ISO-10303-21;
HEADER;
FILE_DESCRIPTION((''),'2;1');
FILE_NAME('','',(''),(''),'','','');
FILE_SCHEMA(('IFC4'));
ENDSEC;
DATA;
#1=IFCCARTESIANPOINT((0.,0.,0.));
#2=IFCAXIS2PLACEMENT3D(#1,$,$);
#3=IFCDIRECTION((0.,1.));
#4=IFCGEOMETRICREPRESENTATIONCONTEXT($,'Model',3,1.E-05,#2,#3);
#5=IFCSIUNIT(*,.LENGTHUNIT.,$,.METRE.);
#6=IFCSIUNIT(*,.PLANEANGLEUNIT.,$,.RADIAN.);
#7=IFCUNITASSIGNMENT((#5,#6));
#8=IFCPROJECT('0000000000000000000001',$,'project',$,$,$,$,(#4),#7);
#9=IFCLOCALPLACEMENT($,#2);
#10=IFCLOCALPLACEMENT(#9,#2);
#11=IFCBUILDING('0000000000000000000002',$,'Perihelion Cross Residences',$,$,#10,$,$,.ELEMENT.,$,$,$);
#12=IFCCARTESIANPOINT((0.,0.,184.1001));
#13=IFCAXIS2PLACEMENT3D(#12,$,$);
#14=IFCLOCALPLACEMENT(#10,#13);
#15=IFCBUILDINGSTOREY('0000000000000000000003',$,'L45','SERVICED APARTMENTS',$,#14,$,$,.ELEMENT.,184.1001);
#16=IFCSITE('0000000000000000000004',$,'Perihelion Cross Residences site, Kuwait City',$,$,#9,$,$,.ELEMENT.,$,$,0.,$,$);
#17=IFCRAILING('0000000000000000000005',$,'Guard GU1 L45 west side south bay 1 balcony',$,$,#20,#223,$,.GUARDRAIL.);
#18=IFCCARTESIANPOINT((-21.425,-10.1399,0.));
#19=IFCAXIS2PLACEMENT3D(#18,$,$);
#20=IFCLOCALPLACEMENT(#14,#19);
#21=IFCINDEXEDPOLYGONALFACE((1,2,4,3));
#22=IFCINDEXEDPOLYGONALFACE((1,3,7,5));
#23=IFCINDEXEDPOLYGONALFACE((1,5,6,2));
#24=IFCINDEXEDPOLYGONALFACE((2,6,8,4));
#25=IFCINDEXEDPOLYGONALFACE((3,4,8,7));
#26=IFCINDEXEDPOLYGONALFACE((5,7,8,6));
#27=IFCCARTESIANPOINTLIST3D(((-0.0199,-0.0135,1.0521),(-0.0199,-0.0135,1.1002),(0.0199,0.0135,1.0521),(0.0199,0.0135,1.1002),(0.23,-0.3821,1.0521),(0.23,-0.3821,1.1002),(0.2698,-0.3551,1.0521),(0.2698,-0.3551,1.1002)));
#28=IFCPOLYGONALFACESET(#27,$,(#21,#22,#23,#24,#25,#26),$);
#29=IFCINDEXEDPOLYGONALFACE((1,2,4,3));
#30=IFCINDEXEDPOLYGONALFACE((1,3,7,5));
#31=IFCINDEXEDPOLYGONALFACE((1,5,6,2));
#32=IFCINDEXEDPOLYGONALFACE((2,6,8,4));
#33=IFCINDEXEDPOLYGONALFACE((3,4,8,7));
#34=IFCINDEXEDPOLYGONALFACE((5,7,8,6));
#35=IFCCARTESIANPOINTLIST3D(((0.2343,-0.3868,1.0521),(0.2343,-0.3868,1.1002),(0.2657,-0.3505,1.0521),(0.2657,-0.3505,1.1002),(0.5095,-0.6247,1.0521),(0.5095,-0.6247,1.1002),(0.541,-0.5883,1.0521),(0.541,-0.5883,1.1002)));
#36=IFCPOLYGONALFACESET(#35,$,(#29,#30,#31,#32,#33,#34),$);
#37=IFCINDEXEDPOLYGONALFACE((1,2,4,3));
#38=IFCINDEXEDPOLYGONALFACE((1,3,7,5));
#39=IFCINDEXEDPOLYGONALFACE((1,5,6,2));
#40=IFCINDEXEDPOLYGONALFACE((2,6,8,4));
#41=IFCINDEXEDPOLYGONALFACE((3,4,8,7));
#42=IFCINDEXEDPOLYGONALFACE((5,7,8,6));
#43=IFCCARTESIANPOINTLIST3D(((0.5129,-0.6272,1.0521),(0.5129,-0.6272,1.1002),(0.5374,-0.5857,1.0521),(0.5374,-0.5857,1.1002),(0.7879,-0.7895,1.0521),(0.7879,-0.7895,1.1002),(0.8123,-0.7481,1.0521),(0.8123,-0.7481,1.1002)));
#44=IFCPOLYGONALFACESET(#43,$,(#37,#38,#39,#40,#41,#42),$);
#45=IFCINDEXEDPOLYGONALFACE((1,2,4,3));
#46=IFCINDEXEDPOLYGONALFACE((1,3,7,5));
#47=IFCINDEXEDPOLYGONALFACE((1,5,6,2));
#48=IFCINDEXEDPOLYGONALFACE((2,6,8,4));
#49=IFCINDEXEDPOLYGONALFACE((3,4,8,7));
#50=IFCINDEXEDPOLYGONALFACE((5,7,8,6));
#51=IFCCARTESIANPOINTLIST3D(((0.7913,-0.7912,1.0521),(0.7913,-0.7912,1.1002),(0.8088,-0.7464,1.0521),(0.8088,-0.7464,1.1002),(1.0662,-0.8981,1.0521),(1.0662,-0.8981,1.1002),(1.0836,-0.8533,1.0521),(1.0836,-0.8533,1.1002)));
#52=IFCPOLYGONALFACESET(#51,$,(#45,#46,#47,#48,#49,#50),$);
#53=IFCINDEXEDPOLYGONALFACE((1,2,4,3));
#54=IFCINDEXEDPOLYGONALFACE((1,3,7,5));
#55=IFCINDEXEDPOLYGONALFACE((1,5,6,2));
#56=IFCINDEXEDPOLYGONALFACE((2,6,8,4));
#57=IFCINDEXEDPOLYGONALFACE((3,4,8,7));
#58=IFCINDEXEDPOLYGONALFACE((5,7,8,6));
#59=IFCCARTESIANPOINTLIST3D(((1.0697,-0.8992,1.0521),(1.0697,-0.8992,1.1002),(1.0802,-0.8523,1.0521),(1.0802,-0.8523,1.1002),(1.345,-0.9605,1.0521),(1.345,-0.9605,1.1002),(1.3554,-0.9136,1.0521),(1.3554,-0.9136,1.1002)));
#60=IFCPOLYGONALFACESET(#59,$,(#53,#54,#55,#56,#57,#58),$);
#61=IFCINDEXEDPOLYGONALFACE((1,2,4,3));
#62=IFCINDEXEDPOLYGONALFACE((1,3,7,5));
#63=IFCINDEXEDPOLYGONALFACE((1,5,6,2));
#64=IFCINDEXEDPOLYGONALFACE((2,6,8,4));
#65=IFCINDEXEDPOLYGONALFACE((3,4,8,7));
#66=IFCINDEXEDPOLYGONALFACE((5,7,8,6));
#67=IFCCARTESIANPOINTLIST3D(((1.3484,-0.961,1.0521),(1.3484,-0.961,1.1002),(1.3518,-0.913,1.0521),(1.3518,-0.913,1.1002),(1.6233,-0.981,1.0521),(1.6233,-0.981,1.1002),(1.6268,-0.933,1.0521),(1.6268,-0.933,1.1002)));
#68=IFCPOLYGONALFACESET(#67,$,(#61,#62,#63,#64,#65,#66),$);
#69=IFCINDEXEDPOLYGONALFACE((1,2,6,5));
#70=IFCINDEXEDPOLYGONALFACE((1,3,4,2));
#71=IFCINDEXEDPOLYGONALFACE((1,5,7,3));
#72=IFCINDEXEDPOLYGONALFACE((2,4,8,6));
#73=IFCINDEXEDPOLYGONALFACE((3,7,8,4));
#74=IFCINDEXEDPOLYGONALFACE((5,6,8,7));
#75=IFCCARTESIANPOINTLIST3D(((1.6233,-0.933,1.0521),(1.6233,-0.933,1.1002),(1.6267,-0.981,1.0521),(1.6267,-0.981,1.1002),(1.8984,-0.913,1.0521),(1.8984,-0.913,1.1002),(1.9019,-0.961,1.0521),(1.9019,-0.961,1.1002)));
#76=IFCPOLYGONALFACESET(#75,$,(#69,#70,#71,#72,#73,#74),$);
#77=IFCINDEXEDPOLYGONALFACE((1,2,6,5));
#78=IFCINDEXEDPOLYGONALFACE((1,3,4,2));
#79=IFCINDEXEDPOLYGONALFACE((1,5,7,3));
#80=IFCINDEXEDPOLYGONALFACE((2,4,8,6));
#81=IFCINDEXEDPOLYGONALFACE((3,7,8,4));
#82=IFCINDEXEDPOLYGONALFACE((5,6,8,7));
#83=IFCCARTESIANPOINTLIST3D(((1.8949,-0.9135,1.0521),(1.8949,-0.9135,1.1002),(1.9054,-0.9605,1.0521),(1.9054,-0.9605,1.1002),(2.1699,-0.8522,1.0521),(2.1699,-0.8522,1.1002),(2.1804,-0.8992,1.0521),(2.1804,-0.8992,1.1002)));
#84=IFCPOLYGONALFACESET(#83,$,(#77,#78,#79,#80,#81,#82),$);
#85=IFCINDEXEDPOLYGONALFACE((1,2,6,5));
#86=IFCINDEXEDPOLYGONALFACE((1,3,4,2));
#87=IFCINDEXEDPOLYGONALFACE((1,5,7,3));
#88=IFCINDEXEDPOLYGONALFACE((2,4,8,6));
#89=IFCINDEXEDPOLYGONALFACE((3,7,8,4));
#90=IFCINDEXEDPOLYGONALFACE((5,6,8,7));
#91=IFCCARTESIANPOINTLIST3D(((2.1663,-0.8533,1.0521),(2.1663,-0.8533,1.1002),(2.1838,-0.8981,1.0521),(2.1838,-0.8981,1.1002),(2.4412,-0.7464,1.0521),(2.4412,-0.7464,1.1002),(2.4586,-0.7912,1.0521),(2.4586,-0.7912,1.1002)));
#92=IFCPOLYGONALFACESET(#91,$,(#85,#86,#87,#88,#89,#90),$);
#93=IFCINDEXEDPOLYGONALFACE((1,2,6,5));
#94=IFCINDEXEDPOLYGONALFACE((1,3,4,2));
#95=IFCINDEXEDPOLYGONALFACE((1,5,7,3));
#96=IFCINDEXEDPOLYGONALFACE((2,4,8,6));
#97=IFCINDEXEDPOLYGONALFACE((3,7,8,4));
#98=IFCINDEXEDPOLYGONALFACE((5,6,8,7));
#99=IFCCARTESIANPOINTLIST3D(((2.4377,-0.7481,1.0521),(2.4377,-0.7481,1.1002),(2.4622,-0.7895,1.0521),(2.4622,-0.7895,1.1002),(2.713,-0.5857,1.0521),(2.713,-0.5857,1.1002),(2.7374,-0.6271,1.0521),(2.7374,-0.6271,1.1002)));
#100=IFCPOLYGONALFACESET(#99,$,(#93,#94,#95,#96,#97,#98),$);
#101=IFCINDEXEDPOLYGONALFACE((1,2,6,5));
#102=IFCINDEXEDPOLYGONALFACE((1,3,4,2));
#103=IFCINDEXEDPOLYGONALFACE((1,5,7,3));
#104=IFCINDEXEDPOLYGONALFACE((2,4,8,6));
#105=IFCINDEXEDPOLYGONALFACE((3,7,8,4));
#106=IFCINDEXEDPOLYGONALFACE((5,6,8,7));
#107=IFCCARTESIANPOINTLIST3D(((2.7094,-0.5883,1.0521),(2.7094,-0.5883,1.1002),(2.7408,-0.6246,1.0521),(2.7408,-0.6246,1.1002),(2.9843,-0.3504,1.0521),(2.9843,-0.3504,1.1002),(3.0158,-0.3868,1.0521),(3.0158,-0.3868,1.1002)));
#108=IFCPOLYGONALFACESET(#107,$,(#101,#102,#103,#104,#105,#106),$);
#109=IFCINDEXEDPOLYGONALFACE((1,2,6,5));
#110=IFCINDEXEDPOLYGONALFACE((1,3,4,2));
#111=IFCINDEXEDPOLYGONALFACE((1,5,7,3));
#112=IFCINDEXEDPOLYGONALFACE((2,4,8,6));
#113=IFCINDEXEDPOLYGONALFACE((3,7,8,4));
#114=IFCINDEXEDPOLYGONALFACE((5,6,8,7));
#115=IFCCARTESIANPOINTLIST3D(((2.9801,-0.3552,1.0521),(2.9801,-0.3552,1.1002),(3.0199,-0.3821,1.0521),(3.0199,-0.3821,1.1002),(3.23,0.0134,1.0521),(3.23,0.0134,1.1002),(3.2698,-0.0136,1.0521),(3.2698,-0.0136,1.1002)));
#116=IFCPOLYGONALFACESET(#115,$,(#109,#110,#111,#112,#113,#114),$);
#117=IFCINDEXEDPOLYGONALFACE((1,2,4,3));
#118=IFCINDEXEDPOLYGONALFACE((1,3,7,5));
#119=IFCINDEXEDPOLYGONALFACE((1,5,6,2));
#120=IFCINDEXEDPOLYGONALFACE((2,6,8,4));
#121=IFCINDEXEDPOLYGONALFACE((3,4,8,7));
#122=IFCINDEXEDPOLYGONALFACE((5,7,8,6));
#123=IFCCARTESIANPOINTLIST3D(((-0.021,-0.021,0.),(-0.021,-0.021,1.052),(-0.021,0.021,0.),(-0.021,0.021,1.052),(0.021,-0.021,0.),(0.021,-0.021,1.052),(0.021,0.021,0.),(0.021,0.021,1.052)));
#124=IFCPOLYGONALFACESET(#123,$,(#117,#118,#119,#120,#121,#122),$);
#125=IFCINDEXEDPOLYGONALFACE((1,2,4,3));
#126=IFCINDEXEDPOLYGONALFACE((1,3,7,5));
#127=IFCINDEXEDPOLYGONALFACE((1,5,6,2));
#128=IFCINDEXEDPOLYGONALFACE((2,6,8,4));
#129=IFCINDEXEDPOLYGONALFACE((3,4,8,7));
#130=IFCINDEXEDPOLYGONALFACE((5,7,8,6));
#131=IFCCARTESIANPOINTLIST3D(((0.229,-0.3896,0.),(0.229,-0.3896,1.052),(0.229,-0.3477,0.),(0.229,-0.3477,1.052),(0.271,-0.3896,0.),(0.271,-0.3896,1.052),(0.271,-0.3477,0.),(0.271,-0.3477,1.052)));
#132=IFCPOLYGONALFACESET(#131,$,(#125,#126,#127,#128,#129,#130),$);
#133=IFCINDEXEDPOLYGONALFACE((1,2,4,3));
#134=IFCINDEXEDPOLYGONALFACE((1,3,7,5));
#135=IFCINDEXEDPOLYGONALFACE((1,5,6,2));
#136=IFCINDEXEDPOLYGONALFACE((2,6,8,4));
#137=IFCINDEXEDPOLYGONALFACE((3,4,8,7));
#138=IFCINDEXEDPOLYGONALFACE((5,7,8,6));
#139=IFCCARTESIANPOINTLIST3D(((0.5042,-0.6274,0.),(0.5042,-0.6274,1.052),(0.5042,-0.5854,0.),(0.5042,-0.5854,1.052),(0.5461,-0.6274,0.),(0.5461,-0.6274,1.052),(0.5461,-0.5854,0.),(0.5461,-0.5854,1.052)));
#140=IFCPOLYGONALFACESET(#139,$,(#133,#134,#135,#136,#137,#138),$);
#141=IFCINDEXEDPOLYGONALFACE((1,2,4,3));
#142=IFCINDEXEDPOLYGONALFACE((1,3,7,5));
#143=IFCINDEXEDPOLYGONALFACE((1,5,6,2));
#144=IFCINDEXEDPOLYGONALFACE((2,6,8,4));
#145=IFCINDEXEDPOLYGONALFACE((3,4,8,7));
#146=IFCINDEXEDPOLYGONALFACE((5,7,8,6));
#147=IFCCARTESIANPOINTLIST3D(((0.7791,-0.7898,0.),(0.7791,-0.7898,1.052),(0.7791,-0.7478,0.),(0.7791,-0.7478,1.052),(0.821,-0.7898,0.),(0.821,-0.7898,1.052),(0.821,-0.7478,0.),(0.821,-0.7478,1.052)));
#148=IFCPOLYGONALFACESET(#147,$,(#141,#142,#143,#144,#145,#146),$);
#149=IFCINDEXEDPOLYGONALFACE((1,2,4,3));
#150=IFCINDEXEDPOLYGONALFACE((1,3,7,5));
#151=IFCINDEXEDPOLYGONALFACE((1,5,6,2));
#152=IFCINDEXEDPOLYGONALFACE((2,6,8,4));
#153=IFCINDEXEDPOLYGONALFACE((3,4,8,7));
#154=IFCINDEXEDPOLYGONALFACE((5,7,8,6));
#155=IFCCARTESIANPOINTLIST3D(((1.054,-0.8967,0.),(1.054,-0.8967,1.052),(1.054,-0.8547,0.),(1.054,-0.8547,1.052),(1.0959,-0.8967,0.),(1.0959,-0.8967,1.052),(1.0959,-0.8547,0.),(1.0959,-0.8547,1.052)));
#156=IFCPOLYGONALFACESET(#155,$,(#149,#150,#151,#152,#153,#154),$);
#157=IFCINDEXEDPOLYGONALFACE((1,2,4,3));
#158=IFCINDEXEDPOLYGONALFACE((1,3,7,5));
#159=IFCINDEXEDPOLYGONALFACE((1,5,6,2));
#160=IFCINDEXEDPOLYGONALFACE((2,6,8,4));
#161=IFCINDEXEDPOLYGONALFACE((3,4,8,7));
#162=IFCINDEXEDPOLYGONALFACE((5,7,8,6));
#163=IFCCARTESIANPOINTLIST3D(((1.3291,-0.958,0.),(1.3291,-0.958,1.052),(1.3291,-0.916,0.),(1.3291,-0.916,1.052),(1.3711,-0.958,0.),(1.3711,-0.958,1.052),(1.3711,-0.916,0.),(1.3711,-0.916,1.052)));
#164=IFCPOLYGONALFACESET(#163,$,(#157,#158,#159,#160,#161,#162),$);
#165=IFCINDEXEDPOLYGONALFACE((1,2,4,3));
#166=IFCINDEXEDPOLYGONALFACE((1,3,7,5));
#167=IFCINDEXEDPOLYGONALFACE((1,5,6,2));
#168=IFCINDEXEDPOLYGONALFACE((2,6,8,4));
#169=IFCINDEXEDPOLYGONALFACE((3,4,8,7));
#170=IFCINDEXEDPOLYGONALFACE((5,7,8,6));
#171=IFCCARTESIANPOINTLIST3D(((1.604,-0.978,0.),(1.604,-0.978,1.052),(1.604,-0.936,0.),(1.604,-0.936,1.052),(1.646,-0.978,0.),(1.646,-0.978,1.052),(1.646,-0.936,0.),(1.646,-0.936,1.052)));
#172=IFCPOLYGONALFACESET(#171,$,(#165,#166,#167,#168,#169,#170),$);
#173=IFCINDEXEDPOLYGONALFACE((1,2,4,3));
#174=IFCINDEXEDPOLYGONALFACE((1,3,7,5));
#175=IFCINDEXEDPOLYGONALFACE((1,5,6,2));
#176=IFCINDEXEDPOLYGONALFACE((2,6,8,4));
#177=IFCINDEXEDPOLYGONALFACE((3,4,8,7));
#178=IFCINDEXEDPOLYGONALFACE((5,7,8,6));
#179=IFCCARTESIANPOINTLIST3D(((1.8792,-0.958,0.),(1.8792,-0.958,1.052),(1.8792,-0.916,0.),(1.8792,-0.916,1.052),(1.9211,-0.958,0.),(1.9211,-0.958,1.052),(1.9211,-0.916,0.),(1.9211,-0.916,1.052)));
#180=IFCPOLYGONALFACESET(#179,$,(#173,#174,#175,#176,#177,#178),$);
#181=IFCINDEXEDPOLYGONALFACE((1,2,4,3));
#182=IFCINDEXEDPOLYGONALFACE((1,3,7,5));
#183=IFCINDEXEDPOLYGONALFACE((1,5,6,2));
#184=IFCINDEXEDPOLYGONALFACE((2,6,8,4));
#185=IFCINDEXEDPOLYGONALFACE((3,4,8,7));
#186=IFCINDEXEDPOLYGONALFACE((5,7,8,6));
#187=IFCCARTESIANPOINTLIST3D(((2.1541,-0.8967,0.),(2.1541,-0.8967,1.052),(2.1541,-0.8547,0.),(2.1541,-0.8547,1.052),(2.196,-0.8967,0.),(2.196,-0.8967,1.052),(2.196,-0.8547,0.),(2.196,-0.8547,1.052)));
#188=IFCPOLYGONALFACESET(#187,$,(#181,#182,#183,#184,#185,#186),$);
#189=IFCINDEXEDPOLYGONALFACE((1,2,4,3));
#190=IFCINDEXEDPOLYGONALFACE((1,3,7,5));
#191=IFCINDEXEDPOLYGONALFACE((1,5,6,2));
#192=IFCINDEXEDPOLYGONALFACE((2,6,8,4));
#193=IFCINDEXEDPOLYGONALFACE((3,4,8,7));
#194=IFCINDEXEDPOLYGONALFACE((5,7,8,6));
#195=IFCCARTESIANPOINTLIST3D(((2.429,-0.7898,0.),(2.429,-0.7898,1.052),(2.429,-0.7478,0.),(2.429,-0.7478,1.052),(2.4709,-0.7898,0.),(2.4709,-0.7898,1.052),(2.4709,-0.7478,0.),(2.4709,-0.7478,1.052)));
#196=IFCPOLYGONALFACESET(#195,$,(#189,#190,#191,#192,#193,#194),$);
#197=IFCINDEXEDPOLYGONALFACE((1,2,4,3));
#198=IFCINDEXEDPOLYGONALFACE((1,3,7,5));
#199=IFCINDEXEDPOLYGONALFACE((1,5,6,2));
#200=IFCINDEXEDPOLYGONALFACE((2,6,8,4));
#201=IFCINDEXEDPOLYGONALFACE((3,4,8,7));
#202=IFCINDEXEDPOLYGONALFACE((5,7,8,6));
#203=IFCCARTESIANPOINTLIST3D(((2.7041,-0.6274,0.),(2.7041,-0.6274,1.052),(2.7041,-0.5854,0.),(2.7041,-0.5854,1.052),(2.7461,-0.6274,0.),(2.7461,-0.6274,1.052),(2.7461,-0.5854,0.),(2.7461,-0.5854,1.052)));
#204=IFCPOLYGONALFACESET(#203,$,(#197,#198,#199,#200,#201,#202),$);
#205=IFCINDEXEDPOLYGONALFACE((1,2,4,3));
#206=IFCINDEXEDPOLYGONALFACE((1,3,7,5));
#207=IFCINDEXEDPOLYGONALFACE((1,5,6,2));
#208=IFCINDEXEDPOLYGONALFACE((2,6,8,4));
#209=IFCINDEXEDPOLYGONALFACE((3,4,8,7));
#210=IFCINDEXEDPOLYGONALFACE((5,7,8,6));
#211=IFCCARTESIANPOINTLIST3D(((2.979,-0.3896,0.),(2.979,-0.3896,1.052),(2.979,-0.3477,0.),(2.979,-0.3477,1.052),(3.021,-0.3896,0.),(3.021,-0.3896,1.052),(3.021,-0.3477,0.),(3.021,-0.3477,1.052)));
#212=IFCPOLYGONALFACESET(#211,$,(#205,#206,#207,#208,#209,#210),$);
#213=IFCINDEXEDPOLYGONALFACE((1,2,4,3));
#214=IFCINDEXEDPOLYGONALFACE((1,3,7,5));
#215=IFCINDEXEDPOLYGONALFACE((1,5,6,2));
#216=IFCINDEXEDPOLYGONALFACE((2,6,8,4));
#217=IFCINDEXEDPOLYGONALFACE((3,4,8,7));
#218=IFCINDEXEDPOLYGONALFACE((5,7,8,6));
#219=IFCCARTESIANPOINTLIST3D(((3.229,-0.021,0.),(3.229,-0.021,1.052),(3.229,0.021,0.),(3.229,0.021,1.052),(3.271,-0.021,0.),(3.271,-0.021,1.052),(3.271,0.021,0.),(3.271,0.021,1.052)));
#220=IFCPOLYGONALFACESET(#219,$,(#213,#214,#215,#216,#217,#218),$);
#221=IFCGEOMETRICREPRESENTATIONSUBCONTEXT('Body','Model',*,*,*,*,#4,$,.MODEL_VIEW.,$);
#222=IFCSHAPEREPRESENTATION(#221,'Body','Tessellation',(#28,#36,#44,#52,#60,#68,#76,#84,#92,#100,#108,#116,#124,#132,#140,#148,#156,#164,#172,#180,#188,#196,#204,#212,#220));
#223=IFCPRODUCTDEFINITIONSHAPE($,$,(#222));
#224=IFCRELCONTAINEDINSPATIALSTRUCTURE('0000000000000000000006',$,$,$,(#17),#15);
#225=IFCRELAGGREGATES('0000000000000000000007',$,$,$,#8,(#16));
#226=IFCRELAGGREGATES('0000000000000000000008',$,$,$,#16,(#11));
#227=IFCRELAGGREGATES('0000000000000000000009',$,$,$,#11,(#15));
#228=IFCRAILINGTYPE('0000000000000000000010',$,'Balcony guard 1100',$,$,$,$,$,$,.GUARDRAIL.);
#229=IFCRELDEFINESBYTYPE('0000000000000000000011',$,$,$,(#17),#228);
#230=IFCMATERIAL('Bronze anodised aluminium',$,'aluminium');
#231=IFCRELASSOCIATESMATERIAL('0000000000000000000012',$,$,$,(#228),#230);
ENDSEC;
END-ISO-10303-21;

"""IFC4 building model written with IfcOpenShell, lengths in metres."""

from ifc_helpers import new_model, si_unit, direction, frame, origin, origin_2d, place, context, subcontext, project, spatial, rectangle, extrude, material, type_object, element, save


model = new_model("IFC4")

# Units and contexts
model_context = context("Model", 3, precision=1e-05, world=origin(), true_north=direction((0.0, 1.0)))
body_context = subcontext(model_context, "Body", "Model", "MODEL_VIEW")
ifc_project = project(units=[si_unit("LENGTHUNIT", "METRE"), si_unit("PLANEANGLEUNIT", "RADIAN")], contexts=[model_context])

# Site, building, storey
site_placement = place(None, origin())
site = spatial("IfcSite", under=ifc_project, at=site_placement, Name="Perihelion Cross Residences site, Kuwait City", CompositionType="ELEMENT", RefElevation=0.0)
building_placement = place(site_placement, origin())
building = spatial("IfcBuilding", under=site, at=building_placement, Name="Perihelion Cross Residences", CompositionType="ELEMENT")
storey_placement = place(building_placement, frame((0.0, 0.0, 184.1001)))
storey = spatial("IfcBuildingStorey", under=building, at=storey_placement, Name="L45", Description="SERVICED APARTMENTS", CompositionType="ELEMENT", Elevation=184.1001)

# Railing
ifc_material_1 = material(Name="Bronze anodised aluminium", Category="aluminium")
railing_type_1 = type_object("IfcRailingType", Name="Balcony guard 1100", PredefinedType="GUARDRAIL", material=ifc_material_1)
railing_1_placement = place(storey_placement, frame((-21.425, -10.1399, 0.0)))
element("IfcRailing", 1, at=railing_1_placement, inside=storey, type_object=railing_type_1, Name="Guard GU1 L45 west side south bay 1 balcony", PredefinedType="GUARDRAIL", context=body_context, shape_type="SweptSolid", body=[
    extrude(rectangle(XDim=0.0481, YDim=0.0481, at=origin_2d()), frame((0.0, 0.0, 1.0762), z_axis=(0.56126, -0.827639, 0.0), x_axis=(0.827639, 0.56126, 0.0)), (0.0, 0.0, 1.0), 0.4453),
    extrude(rectangle(XDim=0.0481, YDim=0.0481, at=origin_2d()), frame((0.25, -0.3687, 1.0762), z_axis=(0.756597, -0.653882, 0.0), x_axis=(0.653882, 0.756597, 0.0)), (0.0, 0.0, 1.0), 0.3638),
    extrude(rectangle(XDim=0.0481, YDim=0.0481, at=origin_2d()), frame((0.5251, -0.6064, 1.0762), z_axis=(0.861048, -0.508523, 0.0), x_axis=(0.508523, 0.861048, 0.0)), (0.0, 0.0, 1.0), 0.3193),
    extrude(rectangle(XDim=0.0481, YDim=0.0481, at=origin_2d()), frame((0.8, -0.7688, 1.0762), z_axis=(0.931974, -0.362526, 0.0), x_axis=(0.362526, 0.931974, 0.0)), (0.0, 0.0, 1.0), 0.2949),
    extrude(rectangle(XDim=0.0481, YDim=0.0481, at=origin_2d()), frame((1.075, -0.8757, 1.0762), z_axis=(0.976085, -0.217389, 0.0), x_axis=(0.217389, 0.976085, 0.0)), (0.0, 0.0, 1.0), 0.282),
    extrude(rectangle(XDim=0.0481, YDim=0.0481, at=origin_2d()), frame((1.3501, -0.937, 1.0762), z_axis=(0.997359, -0.072632, 0.0), x_axis=(0.072632, 0.997359, 0.0)), (0.0, 0.0, 1.0), 0.2756),
    extrude(rectangle(XDim=0.0481, YDim=0.0481, at=origin_2d()), frame((1.625, -0.957, 1.0762), z_axis=(0.997363, 0.072568, 0.0), x_axis=(-0.072568, 0.997363, 0.0)), (0.0, 0.0, 1.0), 0.2759),
    extrude(rectangle(XDim=0.0481, YDim=0.0481, at=origin_2d()), frame((1.9001, -0.937, 1.0762), z_axis=(0.976044, 0.217573, 0.0), x_axis=(-0.217573, 0.976044, 0.0)), (0.0, 0.0, 1.0), 0.2817),
    extrude(rectangle(XDim=0.0481, YDim=0.0481, at=origin_2d()), frame((2.175, -0.8757, 1.0762), z_axis=(0.931974, 0.362526, 0.0), x_axis=(-0.362526, 0.931974, 0.0)), (0.0, 0.0, 1.0), 0.2949),
    extrude(rectangle(XDim=0.0481, YDim=0.0481, at=origin_2d()), frame((2.45, -0.7688, 1.0762), z_axis=(0.861246, 0.508189, 0.0), x_axis=(-0.508189, 0.861246, 0.0)), (0.0, 0.0, 1.0), 0.3196),
    extrude(rectangle(XDim=0.0481, YDim=0.0481, at=origin_2d()), frame((2.7251, -0.6064, 1.0762), z_axis=(0.756309, 0.654214, 0.0), x_axis=(-0.654214, 0.756309, 0.0)), (0.0, 0.0, 1.0), 0.3635),
    extrude(rectangle(XDim=0.0481, YDim=0.0481, at=origin_2d()), frame((3.0, -0.3687, 1.0762), z_axis=(0.56126, 0.827639, 0.0), x_axis=(-0.827639, 0.56126, 0.0)), (0.0, 0.0, 1.0), 0.4453),
    extrude(rectangle(XDim=0.042, YDim=0.042, at=origin_2d()), origin(), (0.0, 0.0, 1.0), 1.052),
    extrude(rectangle(XDim=0.042, YDim=0.042, at=origin_2d()), frame((0.25, -0.3687, 0.0)), (0.0, 0.0, 1.0), 1.052),
    extrude(rectangle(XDim=0.042, YDim=0.042, at=origin_2d()), frame((0.5251, -0.6064, 0.0)), (0.0, 0.0, 1.0), 1.052),
    extrude(rectangle(XDim=0.042, YDim=0.042, at=origin_2d()), frame((0.8, -0.7688, 0.0)), (0.0, 0.0, 1.0), 1.052),
    extrude(rectangle(XDim=0.042, YDim=0.042, at=origin_2d()), frame((1.075, -0.8757, 0.0)), (0.0, 0.0, 1.0), 1.052),
    extrude(rectangle(XDim=0.042, YDim=0.042, at=origin_2d()), frame((1.3501, -0.937, 0.0)), (0.0, 0.0, 1.0), 1.052),
    extrude(rectangle(XDim=0.042, YDim=0.042, at=origin_2d()), frame((1.625, -0.957, 0.0)), (0.0, 0.0, 1.0), 1.052),
    extrude(rectangle(XDim=0.042, YDim=0.042, at=origin_2d()), frame((1.9001, -0.937, 0.0)), (0.0, 0.0, 1.0), 1.052),
    extrude(rectangle(XDim=0.042, YDim=0.042, at=origin_2d()), frame((2.175, -0.8757, 0.0)), (0.0, 0.0, 1.0), 1.052),
    extrude(rectangle(XDim=0.042, YDim=0.042, at=origin_2d()), frame((2.45, -0.7688, 0.0)), (0.0, 0.0, 1.0), 1.052),
    extrude(rectangle(XDim=0.042, YDim=0.042, at=origin_2d()), frame((2.7251, -0.6064, 0.0)), (0.0, 0.0, 1.0), 1.052),
    extrude(rectangle(XDim=0.042, YDim=0.042, at=origin_2d()), frame((3.0, -0.3687, 0.0)), (0.0, 0.0, 1.0), 1.052),
    extrude(rectangle(XDim=0.042, YDim=0.042, at=origin_2d()), frame((3.25, 0.0, 0.0)), (0.0, 0.0, 1.0), 1.052),
])

save(model, "model.ifc")
